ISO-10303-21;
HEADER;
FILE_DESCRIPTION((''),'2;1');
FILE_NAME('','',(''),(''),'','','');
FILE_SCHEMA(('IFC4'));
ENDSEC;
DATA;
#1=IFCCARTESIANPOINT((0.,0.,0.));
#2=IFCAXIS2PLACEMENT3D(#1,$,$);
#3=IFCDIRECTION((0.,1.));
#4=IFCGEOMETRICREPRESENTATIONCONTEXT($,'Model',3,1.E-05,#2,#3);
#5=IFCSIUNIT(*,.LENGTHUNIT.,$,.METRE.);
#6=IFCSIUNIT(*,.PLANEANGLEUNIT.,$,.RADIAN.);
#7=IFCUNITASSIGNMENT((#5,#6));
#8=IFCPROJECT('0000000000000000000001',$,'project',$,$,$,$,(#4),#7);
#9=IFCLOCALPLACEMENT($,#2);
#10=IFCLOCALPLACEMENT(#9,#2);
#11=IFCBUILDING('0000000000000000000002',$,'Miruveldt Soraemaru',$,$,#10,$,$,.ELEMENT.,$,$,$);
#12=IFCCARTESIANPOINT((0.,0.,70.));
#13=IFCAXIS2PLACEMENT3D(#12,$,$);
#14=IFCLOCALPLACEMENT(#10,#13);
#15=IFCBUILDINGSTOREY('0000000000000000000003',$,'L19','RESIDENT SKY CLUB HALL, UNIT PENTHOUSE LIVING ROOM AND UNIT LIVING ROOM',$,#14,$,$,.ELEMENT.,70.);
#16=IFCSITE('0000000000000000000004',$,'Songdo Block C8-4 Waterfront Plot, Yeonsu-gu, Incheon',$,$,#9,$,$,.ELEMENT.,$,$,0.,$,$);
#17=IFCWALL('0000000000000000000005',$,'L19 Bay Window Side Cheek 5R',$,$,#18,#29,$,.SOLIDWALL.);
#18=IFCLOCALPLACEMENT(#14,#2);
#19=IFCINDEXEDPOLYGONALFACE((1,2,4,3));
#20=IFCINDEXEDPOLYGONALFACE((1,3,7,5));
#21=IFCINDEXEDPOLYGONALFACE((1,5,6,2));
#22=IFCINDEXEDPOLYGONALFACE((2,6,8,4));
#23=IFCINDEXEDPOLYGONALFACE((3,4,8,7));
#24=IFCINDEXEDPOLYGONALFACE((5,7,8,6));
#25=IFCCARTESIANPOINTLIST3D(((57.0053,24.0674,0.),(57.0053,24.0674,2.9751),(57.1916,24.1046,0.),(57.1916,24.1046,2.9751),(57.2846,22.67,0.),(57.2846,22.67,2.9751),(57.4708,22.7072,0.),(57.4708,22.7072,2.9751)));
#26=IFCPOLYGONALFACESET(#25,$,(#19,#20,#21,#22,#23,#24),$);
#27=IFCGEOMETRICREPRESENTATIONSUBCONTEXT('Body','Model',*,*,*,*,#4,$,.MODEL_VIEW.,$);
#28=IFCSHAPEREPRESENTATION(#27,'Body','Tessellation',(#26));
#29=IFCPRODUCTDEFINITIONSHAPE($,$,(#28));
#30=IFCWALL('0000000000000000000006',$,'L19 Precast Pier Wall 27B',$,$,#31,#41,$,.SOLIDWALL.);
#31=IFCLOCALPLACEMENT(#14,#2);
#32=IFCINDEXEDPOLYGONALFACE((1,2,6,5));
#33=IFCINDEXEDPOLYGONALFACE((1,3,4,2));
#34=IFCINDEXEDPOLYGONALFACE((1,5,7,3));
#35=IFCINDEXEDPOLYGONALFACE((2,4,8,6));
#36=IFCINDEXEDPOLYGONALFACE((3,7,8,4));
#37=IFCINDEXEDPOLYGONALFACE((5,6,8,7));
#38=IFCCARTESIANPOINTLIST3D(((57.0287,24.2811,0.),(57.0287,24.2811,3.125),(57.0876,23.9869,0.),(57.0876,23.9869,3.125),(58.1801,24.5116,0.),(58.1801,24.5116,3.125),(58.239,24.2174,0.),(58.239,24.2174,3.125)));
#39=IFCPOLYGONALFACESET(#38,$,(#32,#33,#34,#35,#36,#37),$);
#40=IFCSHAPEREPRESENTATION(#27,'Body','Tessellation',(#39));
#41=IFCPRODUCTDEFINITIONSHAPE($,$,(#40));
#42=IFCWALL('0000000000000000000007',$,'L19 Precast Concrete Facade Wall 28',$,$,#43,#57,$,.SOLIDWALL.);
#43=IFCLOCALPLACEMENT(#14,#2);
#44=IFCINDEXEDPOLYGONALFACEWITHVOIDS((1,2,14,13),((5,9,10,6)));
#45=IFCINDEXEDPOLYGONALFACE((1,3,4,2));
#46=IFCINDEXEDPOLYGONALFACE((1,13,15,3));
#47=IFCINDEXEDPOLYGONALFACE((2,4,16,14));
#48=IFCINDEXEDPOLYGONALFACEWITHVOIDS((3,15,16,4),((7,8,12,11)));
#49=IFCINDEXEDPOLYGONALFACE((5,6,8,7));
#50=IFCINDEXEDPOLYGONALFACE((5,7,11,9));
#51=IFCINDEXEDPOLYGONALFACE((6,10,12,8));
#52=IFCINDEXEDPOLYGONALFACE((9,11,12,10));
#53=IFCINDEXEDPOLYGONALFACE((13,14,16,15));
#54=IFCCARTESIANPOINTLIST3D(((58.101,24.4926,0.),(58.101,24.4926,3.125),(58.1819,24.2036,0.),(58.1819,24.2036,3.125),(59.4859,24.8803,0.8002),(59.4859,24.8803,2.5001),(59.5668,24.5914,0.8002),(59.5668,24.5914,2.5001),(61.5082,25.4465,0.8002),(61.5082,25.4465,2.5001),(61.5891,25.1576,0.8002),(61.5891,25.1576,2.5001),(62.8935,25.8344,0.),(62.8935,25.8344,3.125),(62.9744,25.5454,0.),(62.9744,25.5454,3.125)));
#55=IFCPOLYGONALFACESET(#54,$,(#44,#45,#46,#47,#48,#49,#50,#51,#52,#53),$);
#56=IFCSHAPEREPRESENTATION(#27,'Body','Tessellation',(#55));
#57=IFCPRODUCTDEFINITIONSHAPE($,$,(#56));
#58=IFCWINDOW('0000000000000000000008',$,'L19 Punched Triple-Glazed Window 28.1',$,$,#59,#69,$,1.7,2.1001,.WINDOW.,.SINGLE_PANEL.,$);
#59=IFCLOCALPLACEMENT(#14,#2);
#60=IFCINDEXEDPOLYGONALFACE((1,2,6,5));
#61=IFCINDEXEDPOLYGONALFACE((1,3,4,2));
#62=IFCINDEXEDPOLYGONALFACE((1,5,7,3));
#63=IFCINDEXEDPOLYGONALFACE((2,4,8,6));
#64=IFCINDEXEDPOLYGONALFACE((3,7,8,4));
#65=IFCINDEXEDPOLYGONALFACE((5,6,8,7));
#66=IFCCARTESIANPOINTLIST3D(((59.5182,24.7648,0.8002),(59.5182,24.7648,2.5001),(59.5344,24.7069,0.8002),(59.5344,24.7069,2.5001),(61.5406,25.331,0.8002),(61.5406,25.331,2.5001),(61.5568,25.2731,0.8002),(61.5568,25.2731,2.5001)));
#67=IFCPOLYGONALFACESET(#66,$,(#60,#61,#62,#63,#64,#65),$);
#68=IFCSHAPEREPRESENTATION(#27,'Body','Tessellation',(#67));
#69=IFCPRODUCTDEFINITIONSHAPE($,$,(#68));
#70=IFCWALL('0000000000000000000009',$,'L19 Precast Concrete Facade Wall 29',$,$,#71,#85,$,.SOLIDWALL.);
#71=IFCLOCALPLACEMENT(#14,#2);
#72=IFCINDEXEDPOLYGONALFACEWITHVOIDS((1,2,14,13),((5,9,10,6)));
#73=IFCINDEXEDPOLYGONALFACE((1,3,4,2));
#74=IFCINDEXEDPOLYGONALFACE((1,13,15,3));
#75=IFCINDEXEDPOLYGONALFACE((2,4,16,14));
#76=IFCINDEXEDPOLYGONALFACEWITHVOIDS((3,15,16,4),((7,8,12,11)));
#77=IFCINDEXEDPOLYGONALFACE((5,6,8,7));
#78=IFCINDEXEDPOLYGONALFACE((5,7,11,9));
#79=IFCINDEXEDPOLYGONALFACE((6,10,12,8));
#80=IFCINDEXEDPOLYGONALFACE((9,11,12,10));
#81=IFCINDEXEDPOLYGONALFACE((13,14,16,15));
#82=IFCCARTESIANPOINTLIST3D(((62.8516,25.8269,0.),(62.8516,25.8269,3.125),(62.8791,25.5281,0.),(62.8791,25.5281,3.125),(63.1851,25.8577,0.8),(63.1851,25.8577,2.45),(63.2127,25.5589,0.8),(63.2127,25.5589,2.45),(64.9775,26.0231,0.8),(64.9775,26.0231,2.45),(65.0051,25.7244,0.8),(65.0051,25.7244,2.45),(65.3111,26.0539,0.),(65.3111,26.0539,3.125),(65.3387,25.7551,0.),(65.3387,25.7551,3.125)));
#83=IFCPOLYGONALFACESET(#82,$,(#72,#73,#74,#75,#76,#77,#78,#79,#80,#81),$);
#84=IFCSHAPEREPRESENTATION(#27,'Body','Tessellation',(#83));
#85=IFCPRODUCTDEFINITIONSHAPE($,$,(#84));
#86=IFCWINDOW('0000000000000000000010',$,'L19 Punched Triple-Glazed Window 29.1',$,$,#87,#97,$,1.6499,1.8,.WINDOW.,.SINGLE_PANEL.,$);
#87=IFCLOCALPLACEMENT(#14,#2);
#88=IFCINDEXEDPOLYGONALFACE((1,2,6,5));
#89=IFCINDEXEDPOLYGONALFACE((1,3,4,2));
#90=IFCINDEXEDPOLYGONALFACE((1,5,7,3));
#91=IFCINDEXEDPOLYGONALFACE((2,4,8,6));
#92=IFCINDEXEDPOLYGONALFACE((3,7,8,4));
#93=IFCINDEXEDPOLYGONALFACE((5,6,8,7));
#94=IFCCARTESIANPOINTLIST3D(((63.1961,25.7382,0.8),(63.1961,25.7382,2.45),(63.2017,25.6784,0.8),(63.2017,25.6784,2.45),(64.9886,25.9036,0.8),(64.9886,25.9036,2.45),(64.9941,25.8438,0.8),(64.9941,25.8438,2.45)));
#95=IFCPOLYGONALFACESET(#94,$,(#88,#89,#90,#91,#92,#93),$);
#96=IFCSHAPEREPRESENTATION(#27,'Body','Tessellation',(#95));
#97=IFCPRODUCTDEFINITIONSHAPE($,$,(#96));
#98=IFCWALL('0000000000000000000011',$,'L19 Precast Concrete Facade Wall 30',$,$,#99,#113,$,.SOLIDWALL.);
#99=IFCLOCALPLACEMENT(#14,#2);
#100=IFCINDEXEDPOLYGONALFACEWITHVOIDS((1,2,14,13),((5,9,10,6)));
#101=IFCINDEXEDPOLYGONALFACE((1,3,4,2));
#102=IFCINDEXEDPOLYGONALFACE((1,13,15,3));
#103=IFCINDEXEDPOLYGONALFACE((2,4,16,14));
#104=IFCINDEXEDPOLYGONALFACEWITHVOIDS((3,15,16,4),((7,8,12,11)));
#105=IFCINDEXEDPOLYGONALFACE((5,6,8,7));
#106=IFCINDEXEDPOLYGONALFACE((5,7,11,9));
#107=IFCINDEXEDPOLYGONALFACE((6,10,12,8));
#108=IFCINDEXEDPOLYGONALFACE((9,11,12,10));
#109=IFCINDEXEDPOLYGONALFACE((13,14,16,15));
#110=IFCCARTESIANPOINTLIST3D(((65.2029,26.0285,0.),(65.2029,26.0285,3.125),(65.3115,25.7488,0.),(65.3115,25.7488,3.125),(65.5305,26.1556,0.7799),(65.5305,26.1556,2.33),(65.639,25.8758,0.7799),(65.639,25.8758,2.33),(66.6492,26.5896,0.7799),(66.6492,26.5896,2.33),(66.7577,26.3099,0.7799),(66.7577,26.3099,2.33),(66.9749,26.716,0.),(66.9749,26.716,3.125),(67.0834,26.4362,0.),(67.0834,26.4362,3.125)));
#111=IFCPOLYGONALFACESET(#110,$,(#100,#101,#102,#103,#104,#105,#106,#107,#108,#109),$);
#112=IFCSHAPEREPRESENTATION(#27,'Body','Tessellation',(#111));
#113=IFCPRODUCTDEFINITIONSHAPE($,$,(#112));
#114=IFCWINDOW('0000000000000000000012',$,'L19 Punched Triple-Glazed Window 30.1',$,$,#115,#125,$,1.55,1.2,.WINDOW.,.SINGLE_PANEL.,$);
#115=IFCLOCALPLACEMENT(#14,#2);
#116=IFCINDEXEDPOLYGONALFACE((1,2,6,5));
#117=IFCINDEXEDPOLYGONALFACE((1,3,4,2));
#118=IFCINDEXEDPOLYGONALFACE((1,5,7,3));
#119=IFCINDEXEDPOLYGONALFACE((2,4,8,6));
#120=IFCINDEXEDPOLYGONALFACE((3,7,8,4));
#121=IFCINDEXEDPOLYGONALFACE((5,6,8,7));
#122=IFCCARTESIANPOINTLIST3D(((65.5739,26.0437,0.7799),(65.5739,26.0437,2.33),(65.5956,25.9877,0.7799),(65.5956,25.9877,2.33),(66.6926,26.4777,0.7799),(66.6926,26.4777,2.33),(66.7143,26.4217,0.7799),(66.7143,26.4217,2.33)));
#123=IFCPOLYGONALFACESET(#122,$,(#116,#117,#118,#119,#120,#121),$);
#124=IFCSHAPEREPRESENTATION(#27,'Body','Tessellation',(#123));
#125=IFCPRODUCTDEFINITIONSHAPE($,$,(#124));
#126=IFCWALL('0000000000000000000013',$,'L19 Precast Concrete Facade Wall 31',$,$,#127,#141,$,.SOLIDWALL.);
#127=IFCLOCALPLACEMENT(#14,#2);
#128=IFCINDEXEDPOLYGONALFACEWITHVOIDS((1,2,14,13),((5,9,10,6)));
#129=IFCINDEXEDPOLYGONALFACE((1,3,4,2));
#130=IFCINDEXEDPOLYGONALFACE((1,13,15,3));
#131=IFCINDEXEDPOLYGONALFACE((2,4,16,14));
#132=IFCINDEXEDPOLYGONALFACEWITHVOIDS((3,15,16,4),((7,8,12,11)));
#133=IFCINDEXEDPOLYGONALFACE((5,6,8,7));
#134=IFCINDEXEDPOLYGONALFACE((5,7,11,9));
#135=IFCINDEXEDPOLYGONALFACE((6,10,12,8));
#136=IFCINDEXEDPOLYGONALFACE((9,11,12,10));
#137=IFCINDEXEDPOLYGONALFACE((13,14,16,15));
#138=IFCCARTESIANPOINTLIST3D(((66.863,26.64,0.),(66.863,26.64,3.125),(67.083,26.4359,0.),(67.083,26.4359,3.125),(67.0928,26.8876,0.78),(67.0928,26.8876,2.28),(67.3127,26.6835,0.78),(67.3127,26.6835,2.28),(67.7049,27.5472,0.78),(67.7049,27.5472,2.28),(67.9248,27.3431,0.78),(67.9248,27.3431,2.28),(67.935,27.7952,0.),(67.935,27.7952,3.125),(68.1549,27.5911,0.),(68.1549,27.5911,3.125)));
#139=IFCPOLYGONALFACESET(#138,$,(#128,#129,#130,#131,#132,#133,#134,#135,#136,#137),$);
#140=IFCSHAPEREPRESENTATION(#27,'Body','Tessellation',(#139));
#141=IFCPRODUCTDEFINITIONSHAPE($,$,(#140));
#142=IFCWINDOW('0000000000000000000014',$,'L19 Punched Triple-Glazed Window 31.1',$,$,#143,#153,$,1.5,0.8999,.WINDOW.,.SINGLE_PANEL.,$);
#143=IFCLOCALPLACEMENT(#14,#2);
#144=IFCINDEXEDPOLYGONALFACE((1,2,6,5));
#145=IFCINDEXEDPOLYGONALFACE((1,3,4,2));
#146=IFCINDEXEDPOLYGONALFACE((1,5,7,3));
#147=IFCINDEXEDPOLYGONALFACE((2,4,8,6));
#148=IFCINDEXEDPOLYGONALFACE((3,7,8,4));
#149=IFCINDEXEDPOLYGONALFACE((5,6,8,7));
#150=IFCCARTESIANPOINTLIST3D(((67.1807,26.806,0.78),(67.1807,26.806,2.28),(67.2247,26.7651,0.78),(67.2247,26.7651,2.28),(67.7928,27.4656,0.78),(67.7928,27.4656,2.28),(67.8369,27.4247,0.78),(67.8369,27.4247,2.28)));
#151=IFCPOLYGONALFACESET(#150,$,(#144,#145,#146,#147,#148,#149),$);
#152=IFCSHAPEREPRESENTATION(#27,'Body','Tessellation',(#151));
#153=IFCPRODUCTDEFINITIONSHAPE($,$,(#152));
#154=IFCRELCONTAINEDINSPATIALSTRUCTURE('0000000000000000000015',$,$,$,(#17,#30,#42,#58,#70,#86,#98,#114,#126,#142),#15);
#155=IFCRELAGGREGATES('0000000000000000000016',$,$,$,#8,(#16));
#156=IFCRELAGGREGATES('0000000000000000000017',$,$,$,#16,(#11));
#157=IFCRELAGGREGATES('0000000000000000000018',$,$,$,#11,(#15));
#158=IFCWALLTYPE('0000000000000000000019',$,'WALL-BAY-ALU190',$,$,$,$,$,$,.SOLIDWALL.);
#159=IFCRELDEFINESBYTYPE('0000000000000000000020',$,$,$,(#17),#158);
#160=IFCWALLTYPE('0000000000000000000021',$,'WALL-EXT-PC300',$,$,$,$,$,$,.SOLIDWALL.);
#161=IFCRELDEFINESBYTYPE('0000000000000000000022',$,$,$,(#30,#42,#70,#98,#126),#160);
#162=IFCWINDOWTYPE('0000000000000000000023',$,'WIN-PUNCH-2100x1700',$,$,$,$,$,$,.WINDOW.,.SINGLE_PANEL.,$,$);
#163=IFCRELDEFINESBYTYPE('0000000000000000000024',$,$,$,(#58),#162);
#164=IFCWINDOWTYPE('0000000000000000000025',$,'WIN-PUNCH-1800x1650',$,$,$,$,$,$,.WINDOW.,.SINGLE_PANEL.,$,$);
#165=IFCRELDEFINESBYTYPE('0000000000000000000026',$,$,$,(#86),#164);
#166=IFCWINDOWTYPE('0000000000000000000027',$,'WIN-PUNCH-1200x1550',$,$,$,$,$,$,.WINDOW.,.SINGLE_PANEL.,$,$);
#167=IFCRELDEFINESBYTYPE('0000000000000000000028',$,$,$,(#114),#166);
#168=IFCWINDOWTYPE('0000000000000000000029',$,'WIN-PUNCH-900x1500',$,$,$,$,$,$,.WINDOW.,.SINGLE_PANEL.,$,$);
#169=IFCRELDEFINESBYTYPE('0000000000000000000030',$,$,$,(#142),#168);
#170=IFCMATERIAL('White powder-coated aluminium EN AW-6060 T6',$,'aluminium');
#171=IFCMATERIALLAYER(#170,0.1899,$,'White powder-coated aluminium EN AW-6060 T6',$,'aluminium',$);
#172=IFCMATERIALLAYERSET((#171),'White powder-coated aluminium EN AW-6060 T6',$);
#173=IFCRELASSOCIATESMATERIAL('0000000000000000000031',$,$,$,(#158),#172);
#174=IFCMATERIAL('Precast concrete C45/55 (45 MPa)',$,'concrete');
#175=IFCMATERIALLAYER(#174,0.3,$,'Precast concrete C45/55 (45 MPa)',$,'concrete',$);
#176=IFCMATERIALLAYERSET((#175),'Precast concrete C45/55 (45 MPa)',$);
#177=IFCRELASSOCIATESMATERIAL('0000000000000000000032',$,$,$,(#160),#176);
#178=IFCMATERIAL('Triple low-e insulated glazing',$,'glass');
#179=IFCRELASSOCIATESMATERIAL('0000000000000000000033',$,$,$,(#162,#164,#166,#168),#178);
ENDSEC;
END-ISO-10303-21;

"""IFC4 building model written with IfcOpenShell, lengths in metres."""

from ifc_helpers import new_model, si_unit, direction, frame, frame_2d, origin, place, context, subcontext, project, spatial, rectangle, extrude, material, layer, layer_set, type_object, element, fill, save


model = new_model("IFC4")

# Units and contexts
model_context = context("Model", 3, precision=1e-05, world=origin(), true_north=direction((0.0, 1.0)))
body_context = subcontext(model_context, "Body", "Model", "MODEL_VIEW")
ifc_project = project(units=[si_unit("LENGTHUNIT", "METRE"), si_unit("PLANEANGLEUNIT", "RADIAN")], contexts=[model_context])

# Site, building, storey
site_placement = place(None, origin())
site = spatial("IfcSite", under=ifc_project, at=site_placement, Name="Songdo Block C8-4 Waterfront Plot, Yeonsu-gu, Incheon", CompositionType="ELEMENT", RefElevation=0.0)
building_placement = place(site_placement, origin())
building = spatial("IfcBuilding", under=site, at=building_placement, Name="Miruveldt Soraemaru", CompositionType="ELEMENT")
storey_placement = place(building_placement, frame((0.0, 0.0, 70.0)))
storey = spatial("IfcBuildingStorey", under=building, at=storey_placement, Name="L19", Description="RESIDENT SKY CLUB HALL, UNIT PENTHOUSE LIVING ROOM AND UNIT LIVING ROOM", CompositionType="ELEMENT", Elevation=70.0)

# Walls
ifc_material_1 = material(Name="White powder-coated aluminium EN AW-6060 T6", Category="aluminium")
ifc_layer_1 = layer(ifc_material_1, 0.1899, Name="White powder-coated aluminium EN AW-6060 T6", Category="aluminium")
ifc_layer_set_1 = layer_set([ifc_layer_1], Name="White powder-coated aluminium EN AW-6060 T6")
wall_type_1 = type_object("IfcWallType", Name="WALL-BAY-ALU190", PredefinedType="SOLIDWALL", material=ifc_layer_set_1)
wall_1_placement = place(storey_placement, frame((57.3777, 22.6887, 0.0), z_axis=(0.0, 0.0, 1.0), x_axis=(-0.195984, 0.980607, 0.0)))
element("IfcWall", 1, at=wall_1_placement, inside=storey, type_object=wall_type_1, Name="L19 Bay Window Side Cheek 5R", PredefinedType="SOLIDWALL", context=body_context, shape_type="SweptSolid", body=[
    extrude(rectangle(XDim=1.425, YDim=0.1899, at=frame_2d((0.7124, 0.0))), origin(), (0.0, 0.0, 1.0), 2.9751),
])
ifc_material_2 = material(Name="Precast concrete C45/55 (45 MPa)", Category="concrete")
ifc_layer_2 = layer(ifc_material_2, 0.3, Name="Precast concrete C45/55 (45 MPa)", Category="concrete")
ifc_layer_set_2 = layer_set([ifc_layer_2], Name="Precast concrete C45/55 (45 MPa)")
wall_type_2 = type_object("IfcWallType", Name="WALL-EXT-PC300", PredefinedType="SOLIDWALL", material=ifc_layer_set_2)
wall_2_placement = place(storey_placement, frame((57.0581, 24.134, 0.0), z_axis=(0.0, 0.0, 1.0), x_axis=(0.980549, 0.196276, 0.0)))
element("IfcWall", 2, at=wall_2_placement, inside=storey, type_object=wall_type_2, Name="L19 Precast Pier Wall 27B", PredefinedType="SOLIDWALL", context=body_context, shape_type="SweptSolid", body=[
    extrude(rectangle(XDim=1.1743, YDim=0.3, at=frame_2d((0.5872, 0.0))), origin(), (0.0, 0.0, 1.0), 3.125),
])

# Walls, openings, windows
wall_3_placement = place(storey_placement, frame((58.1416, 24.3481, 0.0), z_axis=(0.0, 0.0, 1.0), x_axis=(0.962969, 0.269612, 0.0)))
wall_3 = element("IfcWall", 3, at=wall_3_placement, inside=storey, type_object=wall_type_2, Name="L19 Precast Concrete Facade Wall 28", PredefinedType="SOLIDWALL", context=body_context, shape_type="SweptSolid", body=[
    extrude(rectangle(XDim=4.9768, YDim=0.3, at=frame_2d((2.4883, 0.0))), origin(), (0.0, 0.0, 1.0), 3.125),
])
opening_1_placement = place(wall_3_placement, frame((1.438, 0.0, 0.8)))
opening_1 = element("IfcOpeningElement", 4, at=opening_1_placement, cuts=wall_3, PredefinedType="OPENING", context=body_context, shape_type="SweptSolid", body=[
    extrude(rectangle(XDim=2.1001, YDim=1.7, at=frame_2d((1.05, 0.8501))), frame((0.0, 0.1602, 0.0), z_axis=(0.0, -1.0, 0.0), x_axis=(1.0, 0.0, 0.0)), (0.0, 0.0, 1.0), 0.3201),
])
ifc_material_3 = material(Name="Triple low-e insulated glazing", Category="glass")
window_type_1 = type_object("IfcWindowType", Name="WIN-PUNCH-2100x1700", PartitioningType="SINGLE_PANEL", PredefinedType="WINDOW", material=ifc_material_3)
window_1_placement = place(opening_1_placement, origin())
window_1 = element("IfcWindow", 5, at=window_1_placement, inside=storey, type_object=window_type_1, Name="L19 Punched Triple-Glazed Window 28.1", OverallHeight=1.7, OverallWidth=2.1001, PartitioningType="SINGLE_PANEL", PredefinedType="WINDOW", context=body_context, shape_type="SweptSolid", body=[
    extrude(rectangle(XDim=2.1001, YDim=1.7, at=frame_2d((1.05, 0.8501))), frame((0.0, 0.03, 0.0), z_axis=(0.0, -1.0, 0.0), x_axis=(1.0, 0.0, 0.0)), (0.0, 0.0, 1.0), 0.0601),
])
fill(opening_1, window_1)
wall_4_placement = place(storey_placement, frame((62.8655, 25.6775, 0.0), z_axis=(0.0, 0.0, 1.0), x_axis=(0.995766, 0.091926, 0.0)))
wall_4 = element("IfcWall", 6, at=wall_4_placement, inside=storey, type_object=wall_type_2, Name="L19 Precast Concrete Facade Wall 29", PredefinedType="SOLIDWALL", context=body_context, shape_type="SweptSolid", body=[
    extrude(rectangle(XDim=2.47, YDim=0.3, at=frame_2d((1.2349, 0.0))), origin(), (0.0, 0.0, 1.0), 3.125),
])
opening_2_placement = place(wall_4_placement, frame((0.335, 0.0, 0.8)))
opening_2 = element("IfcOpeningElement", 7, at=opening_2_placement, cuts=wall_4, PredefinedType="OPENING", context=body_context, shape_type="SweptSolid", body=[
    extrude(rectangle(XDim=1.8, YDim=1.6499, at=frame_2d((0.8999, 0.825))), frame((0.0, 0.1602, 0.0), z_axis=(0.0, -1.0, 0.0), x_axis=(1.0, 0.0, 0.0)), (0.0, 0.0, 1.0), 0.3201),
])
window_type_2 = type_object("IfcWindowType", Name="WIN-PUNCH-1800x1650", PartitioningType="SINGLE_PANEL", PredefinedType="WINDOW", material=ifc_material_3)
window_2_placement = place(opening_2_placement, origin())
window_2 = element("IfcWindow", 8, at=window_2_placement, inside=storey, type_object=window_type_2, Name="L19 Punched Triple-Glazed Window 29.1", OverallHeight=1.6499, OverallWidth=1.8, PartitioningType="SINGLE_PANEL", PredefinedType="WINDOW", context=body_context, shape_type="SweptSolid", body=[
    extrude(rectangle(XDim=1.8, YDim=1.6499, at=frame_2d((0.8999, 0.825))), frame((0.0, 0.03, 0.0), z_axis=(0.0, -1.0, 0.0), x_axis=(1.0, 0.0, 0.0)), (0.0, 0.0, 1.0), 0.0601),
])
fill(opening_2, window_2)
wall_5_placement = place(storey_placement, frame((65.2573, 25.8887, 0.0), z_axis=(0.0, 0.0, 1.0), x_axis=(0.932289, 0.361715, 0.0)))
wall_5 = element("IfcWall", 9, at=wall_5_placement, inside=storey, type_object=wall_type_2, Name="L19 Precast Concrete Facade Wall 30", PredefinedType="SOLIDWALL", context=body_context, shape_type="SweptSolid", body=[
    extrude(rectangle(XDim=1.9006, YDim=0.3, at=frame_2d((0.9502, 0.0))), origin(), (0.0, 0.0, 1.0), 3.125),
])
opening_3_placement = place(wall_5_placement, frame((0.3511, 0.0, 0.78)))
opening_3 = element("IfcOpeningElement", 10, at=opening_3_placement, cuts=wall_5, PredefinedType="OPENING", context=body_context, shape_type="SweptSolid", body=[
    extrude(rectangle(XDim=1.2, YDim=1.55, at=frame_2d((0.6001, 0.7749))), frame((0.0, 0.1602, 0.0), z_axis=(0.0, -1.0, 0.0), x_axis=(1.0, 0.0, 0.0)), (0.0, 0.0, 1.0), 0.3201),
])
window_type_3 = type_object("IfcWindowType", Name="WIN-PUNCH-1200x1550", PartitioningType="SINGLE_PANEL", PredefinedType="WINDOW", material=ifc_material_3)
window_3_placement = place(opening_3_placement, origin())
window_3 = element("IfcWindow", 11, at=window_3_placement, inside=storey, type_object=window_type_3, Name="L19 Punched Triple-Glazed Window 30.1", OverallHeight=1.55, OverallWidth=1.2, PartitioningType="SINGLE_PANEL", PredefinedType="WINDOW", context=body_context, shape_type="SweptSolid", body=[
    extrude(rectangle(XDim=1.2, YDim=1.55, at=frame_2d((0.6001, 0.7749))), frame((0.0, 0.03, 0.0), z_axis=(0.0, -1.0, 0.0), x_axis=(1.0, 0.0, 0.0)), (0.0, 0.0, 1.0), 0.0601),
])
fill(opening_3, window_3)
wall_6_placement = place(storey_placement, frame((66.9729, 26.5378, 0.0), z_axis=(0.0, 0.0, 1.0), x_axis=(0.680202, 0.733025, 0.0)))
wall_6 = element("IfcWall", 12, at=wall_6_placement, inside=storey, type_object=wall_type_2, Name="L19 Precast Concrete Facade Wall 31", PredefinedType="SOLIDWALL", context=body_context, shape_type="SweptSolid", body=[
    extrude(rectangle(XDim=1.5759, YDim=0.3, at=frame_2d((0.7881, 0.0))), origin(), (0.0, 0.0, 1.0), 3.125),
])
opening_4_placement = place(wall_6_placement, frame((0.3379, 0.0, 0.78)))
opening_4 = element("IfcOpeningElement", 13, at=opening_4_placement, cuts=wall_6, PredefinedType="OPENING", context=body_context, shape_type="SweptSolid", body=[
    extrude(rectangle(XDim=0.8999, YDim=1.5, at=frame_2d((0.45, 0.75))), frame((0.0, 0.1602, 0.0), z_axis=(0.0, -1.0, 0.0), x_axis=(1.0, 0.0, 0.0)), (0.0, 0.0, 1.0), 0.3201),
])
window_type_4 = type_object("IfcWindowType", Name="WIN-PUNCH-900x1500", PartitioningType="SINGLE_PANEL", PredefinedType="WINDOW", material=ifc_material_3)
window_4_placement = place(opening_4_placement, origin())
window_4 = element("IfcWindow", 14, at=window_4_placement, inside=storey, type_object=window_type_4, Name="L19 Punched Triple-Glazed Window 31.1", OverallHeight=1.5, OverallWidth=0.8999, PartitioningType="SINGLE_PANEL", PredefinedType="WINDOW", context=body_context, shape_type="SweptSolid", body=[
    extrude(rectangle(XDim=0.8999, YDim=1.5, at=frame_2d((0.45, 0.75))), frame((0.0, 0.03, 0.0), z_axis=(0.0, -1.0, 0.0), x_axis=(1.0, 0.0, 0.0)), (0.0, 0.0, 1.0), 0.0601),
])
fill(opening_4, window_4)

save(model, "model.ifc")
